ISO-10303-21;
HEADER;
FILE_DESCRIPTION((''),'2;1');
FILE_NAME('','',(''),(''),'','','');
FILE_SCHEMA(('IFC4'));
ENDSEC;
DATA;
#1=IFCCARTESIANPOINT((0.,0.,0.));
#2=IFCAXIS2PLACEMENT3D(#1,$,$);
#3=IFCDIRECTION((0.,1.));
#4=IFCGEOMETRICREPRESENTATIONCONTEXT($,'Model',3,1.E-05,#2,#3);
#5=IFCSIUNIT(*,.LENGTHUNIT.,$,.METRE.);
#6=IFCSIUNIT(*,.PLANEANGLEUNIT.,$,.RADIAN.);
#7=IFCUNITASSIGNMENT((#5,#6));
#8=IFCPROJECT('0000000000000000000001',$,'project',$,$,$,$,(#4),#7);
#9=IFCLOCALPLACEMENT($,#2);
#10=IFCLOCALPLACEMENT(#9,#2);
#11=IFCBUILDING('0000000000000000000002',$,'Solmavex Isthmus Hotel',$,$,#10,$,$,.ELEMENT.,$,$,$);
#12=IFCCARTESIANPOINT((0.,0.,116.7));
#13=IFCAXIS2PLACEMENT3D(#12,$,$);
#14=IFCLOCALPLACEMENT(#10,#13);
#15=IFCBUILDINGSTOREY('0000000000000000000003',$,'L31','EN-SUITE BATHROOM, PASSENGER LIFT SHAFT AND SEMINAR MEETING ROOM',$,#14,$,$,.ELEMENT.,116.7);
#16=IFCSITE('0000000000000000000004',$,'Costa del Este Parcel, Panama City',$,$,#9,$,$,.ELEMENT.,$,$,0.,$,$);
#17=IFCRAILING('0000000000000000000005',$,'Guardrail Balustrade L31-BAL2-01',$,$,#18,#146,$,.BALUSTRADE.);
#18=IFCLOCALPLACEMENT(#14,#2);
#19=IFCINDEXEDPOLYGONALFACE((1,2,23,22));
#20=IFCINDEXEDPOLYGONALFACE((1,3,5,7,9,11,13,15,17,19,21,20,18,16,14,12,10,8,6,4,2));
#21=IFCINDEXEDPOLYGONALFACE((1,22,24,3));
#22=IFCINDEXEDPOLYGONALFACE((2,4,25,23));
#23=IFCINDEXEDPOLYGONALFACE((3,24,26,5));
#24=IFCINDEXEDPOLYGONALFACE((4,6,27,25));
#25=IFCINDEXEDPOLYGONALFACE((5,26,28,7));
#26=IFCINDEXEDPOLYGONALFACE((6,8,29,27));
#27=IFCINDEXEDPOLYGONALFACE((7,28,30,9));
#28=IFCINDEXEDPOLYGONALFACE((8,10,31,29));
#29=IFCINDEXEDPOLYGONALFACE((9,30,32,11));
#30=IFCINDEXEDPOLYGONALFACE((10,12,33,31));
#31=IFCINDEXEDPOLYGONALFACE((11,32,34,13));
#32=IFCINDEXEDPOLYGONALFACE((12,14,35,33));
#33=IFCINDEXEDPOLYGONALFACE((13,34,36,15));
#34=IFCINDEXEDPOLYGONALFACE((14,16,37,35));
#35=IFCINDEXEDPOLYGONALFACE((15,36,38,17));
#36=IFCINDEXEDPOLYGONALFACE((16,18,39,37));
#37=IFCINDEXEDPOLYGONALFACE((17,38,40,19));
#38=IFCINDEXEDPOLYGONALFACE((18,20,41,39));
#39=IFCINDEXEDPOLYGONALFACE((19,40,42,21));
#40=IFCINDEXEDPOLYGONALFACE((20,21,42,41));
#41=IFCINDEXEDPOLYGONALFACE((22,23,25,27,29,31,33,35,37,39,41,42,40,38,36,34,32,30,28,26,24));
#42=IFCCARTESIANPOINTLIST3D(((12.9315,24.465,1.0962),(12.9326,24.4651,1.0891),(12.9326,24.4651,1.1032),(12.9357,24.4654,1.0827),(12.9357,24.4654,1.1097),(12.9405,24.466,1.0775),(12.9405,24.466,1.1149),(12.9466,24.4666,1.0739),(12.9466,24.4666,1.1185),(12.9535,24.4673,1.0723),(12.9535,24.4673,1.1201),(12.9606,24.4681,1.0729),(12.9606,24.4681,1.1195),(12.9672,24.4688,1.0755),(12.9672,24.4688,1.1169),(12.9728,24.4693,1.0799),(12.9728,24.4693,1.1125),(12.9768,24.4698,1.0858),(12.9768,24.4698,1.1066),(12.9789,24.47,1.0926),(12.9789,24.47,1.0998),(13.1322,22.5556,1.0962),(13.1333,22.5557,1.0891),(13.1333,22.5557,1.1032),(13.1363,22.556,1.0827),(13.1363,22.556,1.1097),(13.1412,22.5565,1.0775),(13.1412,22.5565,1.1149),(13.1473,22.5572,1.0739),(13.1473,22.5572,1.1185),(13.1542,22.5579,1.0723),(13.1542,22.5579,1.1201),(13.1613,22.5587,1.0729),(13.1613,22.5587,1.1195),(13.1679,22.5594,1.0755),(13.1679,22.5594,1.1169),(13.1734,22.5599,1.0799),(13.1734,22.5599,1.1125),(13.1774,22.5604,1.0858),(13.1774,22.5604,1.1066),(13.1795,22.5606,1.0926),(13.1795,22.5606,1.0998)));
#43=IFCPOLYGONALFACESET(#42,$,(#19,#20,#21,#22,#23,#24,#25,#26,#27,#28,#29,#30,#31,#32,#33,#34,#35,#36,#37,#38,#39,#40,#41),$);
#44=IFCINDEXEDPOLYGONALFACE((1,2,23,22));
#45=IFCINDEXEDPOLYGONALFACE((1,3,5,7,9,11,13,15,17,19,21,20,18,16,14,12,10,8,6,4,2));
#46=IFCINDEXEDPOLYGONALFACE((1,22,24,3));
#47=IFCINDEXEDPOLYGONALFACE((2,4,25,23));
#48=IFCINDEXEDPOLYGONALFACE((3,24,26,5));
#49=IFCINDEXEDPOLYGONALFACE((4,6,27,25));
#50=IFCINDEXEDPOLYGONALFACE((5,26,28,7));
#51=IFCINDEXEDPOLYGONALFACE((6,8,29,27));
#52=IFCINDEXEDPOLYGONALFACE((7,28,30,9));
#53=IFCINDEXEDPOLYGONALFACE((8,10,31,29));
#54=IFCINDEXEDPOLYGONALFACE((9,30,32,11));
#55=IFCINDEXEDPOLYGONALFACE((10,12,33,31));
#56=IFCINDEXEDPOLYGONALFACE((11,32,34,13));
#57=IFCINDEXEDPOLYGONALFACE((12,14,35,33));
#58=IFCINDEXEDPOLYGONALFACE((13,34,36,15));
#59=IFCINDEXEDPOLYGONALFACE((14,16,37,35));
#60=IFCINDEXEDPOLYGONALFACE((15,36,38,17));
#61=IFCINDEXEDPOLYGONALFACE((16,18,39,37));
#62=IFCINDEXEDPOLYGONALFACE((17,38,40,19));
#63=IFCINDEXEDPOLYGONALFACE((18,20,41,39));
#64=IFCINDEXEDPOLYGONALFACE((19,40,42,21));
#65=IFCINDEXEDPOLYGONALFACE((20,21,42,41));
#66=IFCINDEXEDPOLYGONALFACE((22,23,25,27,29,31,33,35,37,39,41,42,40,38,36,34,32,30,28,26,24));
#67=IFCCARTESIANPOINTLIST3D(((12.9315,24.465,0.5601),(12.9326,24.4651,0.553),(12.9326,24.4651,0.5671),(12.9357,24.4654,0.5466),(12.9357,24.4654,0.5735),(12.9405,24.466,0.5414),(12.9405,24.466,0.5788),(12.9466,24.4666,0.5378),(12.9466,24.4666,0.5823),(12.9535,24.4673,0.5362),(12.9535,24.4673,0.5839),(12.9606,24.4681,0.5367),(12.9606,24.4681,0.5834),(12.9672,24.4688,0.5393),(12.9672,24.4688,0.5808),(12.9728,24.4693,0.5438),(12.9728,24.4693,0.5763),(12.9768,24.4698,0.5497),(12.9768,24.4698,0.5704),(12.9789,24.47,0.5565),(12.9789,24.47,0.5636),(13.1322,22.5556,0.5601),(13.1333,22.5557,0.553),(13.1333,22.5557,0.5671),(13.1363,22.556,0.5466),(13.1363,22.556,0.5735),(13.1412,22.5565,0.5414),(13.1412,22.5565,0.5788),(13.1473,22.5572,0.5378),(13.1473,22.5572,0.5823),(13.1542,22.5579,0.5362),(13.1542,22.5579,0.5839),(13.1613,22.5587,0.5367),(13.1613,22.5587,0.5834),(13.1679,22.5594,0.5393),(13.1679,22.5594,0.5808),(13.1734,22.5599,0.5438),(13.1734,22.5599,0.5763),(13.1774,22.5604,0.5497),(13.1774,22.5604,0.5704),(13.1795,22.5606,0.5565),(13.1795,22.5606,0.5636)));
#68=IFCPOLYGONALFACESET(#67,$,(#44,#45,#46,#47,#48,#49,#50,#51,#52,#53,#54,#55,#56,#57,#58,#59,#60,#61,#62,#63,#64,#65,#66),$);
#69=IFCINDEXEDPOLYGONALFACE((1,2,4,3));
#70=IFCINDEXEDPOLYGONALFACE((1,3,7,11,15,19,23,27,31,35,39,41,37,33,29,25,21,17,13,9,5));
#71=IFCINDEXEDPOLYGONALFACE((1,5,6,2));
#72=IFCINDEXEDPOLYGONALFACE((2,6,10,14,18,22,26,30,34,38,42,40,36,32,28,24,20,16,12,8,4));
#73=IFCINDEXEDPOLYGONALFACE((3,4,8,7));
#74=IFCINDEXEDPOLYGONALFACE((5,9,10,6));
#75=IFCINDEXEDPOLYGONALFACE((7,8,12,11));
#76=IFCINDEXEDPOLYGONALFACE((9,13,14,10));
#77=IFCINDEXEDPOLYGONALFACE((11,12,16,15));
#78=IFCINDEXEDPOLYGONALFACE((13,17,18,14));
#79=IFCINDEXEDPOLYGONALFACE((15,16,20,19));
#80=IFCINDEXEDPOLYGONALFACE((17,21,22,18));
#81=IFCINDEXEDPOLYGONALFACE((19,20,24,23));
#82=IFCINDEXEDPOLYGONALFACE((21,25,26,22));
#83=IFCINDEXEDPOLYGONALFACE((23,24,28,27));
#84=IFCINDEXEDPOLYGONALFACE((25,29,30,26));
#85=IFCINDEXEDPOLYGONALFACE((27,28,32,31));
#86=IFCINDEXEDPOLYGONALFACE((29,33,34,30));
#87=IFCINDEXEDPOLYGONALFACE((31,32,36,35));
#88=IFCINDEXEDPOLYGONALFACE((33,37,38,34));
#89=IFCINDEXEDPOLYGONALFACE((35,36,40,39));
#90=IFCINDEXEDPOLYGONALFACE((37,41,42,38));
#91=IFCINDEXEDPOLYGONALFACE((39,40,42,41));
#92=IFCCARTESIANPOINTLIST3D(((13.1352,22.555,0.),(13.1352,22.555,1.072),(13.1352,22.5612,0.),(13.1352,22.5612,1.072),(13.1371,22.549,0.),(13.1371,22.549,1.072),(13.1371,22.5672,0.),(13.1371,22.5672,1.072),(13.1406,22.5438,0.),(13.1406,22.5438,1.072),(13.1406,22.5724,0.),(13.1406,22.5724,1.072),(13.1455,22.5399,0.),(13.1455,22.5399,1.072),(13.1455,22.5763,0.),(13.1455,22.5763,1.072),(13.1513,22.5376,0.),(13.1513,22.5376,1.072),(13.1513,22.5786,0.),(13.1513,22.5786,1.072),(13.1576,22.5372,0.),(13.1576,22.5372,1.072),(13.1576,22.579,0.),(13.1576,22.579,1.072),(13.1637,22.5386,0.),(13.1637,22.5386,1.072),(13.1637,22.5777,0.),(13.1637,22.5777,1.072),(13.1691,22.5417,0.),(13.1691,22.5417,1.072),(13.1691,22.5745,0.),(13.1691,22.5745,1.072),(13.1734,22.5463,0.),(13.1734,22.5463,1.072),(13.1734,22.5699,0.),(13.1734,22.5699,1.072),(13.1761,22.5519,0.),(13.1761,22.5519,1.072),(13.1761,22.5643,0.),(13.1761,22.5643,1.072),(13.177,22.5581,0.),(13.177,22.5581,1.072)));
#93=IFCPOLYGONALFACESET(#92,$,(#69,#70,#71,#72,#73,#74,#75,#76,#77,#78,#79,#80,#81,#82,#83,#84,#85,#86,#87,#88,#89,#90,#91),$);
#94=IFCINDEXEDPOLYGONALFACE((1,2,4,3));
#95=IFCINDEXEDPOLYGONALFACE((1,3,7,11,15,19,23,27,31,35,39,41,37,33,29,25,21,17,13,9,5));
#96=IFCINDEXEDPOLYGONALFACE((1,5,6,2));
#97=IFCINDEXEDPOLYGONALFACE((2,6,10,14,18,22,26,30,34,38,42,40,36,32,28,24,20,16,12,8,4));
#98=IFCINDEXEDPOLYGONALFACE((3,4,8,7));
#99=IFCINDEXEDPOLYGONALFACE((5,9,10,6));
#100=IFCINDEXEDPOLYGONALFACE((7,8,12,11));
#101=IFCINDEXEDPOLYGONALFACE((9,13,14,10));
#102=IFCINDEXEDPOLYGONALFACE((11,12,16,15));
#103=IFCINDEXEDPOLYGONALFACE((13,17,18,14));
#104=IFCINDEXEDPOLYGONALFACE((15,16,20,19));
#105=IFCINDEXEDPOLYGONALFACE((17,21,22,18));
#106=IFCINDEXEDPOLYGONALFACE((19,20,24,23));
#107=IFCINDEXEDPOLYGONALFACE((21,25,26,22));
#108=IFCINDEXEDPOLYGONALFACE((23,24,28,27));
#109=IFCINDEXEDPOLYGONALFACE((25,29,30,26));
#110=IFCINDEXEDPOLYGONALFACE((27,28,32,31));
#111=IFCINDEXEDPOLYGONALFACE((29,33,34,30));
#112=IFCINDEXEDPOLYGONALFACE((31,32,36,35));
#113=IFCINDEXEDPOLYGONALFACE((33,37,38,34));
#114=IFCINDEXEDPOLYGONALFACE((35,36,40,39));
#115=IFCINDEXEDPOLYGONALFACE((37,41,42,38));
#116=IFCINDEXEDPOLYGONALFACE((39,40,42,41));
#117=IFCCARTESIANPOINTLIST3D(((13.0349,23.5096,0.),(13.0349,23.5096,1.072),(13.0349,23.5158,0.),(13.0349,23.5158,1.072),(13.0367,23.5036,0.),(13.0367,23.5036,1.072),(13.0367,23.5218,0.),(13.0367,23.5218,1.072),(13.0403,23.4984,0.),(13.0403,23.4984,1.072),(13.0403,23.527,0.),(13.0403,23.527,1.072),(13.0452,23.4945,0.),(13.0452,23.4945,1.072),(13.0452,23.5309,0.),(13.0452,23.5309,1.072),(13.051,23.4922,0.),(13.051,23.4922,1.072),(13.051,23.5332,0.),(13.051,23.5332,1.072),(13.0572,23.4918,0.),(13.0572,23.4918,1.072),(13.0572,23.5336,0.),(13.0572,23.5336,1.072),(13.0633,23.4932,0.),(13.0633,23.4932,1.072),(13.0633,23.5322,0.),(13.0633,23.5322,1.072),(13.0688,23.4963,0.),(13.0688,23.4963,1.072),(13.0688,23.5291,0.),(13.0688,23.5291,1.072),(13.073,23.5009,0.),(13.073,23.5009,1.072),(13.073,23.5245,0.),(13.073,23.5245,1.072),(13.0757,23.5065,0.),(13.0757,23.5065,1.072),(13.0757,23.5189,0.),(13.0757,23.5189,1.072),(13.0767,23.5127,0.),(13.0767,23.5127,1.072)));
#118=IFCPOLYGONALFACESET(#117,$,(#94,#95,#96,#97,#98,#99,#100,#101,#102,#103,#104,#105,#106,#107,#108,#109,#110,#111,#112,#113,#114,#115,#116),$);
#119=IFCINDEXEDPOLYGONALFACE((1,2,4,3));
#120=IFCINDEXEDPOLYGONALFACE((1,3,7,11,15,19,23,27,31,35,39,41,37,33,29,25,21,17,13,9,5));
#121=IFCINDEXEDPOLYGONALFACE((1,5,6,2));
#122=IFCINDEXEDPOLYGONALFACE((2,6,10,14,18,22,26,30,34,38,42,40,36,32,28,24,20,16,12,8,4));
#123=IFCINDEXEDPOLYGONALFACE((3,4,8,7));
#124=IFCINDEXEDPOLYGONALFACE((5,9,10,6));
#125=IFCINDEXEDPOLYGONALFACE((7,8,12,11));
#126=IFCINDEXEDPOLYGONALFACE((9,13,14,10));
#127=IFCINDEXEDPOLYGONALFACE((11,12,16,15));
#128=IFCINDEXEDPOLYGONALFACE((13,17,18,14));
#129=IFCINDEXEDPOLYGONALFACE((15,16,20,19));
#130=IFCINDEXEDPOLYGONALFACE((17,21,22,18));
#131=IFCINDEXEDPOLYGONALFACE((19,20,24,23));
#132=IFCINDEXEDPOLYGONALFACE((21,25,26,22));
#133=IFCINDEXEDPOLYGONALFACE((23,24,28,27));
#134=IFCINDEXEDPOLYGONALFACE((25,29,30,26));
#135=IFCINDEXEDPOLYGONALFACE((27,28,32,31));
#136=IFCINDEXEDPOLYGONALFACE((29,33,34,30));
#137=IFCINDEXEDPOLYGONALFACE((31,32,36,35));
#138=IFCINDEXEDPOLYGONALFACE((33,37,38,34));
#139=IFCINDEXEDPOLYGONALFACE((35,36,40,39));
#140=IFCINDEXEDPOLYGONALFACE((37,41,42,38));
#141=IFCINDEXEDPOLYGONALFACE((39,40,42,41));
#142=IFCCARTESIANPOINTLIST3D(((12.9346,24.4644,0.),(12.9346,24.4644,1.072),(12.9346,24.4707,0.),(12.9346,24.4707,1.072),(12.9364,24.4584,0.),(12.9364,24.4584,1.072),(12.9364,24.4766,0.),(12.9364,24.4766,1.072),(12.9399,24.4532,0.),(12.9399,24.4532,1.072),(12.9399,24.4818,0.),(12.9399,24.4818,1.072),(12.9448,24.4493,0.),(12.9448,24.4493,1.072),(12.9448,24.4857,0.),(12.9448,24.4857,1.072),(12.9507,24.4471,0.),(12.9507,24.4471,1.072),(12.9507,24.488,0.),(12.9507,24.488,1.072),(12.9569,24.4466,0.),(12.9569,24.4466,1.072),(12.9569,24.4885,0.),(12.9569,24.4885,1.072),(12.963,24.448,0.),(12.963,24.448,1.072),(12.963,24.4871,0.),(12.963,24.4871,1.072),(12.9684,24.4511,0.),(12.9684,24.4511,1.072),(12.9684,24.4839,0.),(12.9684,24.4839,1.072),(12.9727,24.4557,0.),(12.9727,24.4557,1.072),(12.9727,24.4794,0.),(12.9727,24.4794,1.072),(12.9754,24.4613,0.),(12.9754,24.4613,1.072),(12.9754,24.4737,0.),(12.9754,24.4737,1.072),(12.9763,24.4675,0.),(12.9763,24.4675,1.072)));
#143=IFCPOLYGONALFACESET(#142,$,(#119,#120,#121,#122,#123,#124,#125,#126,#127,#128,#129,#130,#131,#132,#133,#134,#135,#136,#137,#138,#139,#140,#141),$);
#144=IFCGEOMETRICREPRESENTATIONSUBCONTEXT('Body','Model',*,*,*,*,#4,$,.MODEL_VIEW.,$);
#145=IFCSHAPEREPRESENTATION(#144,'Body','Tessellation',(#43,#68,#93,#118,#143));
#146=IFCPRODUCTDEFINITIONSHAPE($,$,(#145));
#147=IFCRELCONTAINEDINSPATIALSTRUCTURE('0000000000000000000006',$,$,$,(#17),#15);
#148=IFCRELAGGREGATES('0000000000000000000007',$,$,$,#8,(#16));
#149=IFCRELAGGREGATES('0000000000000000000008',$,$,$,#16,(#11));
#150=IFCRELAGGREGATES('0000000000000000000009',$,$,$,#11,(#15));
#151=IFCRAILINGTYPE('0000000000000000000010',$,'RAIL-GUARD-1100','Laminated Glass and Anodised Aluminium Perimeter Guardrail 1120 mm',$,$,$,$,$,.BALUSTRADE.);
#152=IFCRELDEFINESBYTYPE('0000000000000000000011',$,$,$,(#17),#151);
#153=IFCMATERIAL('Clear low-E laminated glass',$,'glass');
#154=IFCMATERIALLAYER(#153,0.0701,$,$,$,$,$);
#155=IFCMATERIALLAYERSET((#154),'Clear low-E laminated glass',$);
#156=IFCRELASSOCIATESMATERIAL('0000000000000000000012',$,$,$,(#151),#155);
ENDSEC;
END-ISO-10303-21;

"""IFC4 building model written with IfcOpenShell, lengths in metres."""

from ifc_helpers import new_model, si_unit, direction, frame, origin, origin_2d, place, context, subcontext, project, spatial, circle, extrude, material, layer, layer_set, type_object, element, save


model = new_model("IFC4")

# Units and contexts
model_context = context("Model", 3, precision=1e-05, world=origin(), true_north=direction((0.0, 1.0)))
body_context = subcontext(model_context, "Body", "Model", "MODEL_VIEW")
ifc_project = project(units=[si_unit("LENGTHUNIT", "METRE"), si_unit("PLANEANGLEUNIT", "RADIAN")], contexts=[model_context])

# Site, building, storey
site_placement = place(None, origin())
site = spatial("IfcSite", under=ifc_project, at=site_placement, Name="Costa del Este Parcel, Panama City", CompositionType="ELEMENT", RefElevation=0.0)
building_placement = place(site_placement, origin())
building = spatial("IfcBuilding", under=site, at=building_placement, Name="Solmavex Isthmus Hotel", CompositionType="ELEMENT")
storey_placement = place(building_placement, frame((0.0, 0.0, 116.7)))
storey = spatial("IfcBuildingStorey", under=building, at=storey_placement, Name="L31", Description="EN-SUITE BATHROOM, PASSENGER LIFT SHAFT AND SEMINAR MEETING ROOM", CompositionType="ELEMENT", Elevation=116.7)

# Shared definitions
ifc_material_1 = material(Name="Clear low-E laminated glass", Category="glass")

# Railing
ifc_layer_1 = layer(ifc_material_1, 0.0701)
ifc_layer_set_1 = layer_set([ifc_layer_1], Name="Clear low-E laminated glass")
railing_type = type_object("IfcRailingType", Name="RAIL-GUARD-1100", Description="Laminated Glass and Anodised Aluminium Perimeter Guardrail 1120 mm", PredefinedType="BALUSTRADE", material=ifc_layer_set_1)
railing_1_placement = place(storey_placement, frame((13.156, 22.5581, 0.0)))
element("IfcRailing", 1, at=railing_1_placement, inside=storey, type_object=railing_type, Name="Guardrail Balustrade L31-BAL2-01", PredefinedType="BALUSTRADE", context=body_context, shape_type="SweptSolid", body=[
    extrude(circle(Radius=0.0239, at=origin_2d()), frame((0.0, 0.0, 1.0962), z_axis=(-0.104526, 0.994522, 0.0), x_axis=(-0.994522, -0.104526, 0.0)), (0.0, 0.0, 1.0), 1.9199),
    extrude(circle(Radius=0.0239, at=origin_2d()), frame((0.0, 0.0, 0.5601), z_axis=(-0.104526, 0.994522, 0.0), x_axis=(-0.994522, -0.104526, 0.0)), (0.0, 0.0, 1.0), 1.9199),
    extrude(circle(Radius=0.021, at=origin_2d()), origin(), (0.0, 0.0, 1.0), 1.072),
    extrude(circle(Radius=0.021, at=origin_2d()), frame((-0.1003, 0.9546, 0.0)), (0.0, 0.0, 1.0), 1.072),
    extrude(circle(Radius=0.021, at=origin_2d()), frame((-0.2007, 1.9094, 0.0)), (0.0, 0.0, 1.0), 1.072),
])

save(model, "model.ifc")
